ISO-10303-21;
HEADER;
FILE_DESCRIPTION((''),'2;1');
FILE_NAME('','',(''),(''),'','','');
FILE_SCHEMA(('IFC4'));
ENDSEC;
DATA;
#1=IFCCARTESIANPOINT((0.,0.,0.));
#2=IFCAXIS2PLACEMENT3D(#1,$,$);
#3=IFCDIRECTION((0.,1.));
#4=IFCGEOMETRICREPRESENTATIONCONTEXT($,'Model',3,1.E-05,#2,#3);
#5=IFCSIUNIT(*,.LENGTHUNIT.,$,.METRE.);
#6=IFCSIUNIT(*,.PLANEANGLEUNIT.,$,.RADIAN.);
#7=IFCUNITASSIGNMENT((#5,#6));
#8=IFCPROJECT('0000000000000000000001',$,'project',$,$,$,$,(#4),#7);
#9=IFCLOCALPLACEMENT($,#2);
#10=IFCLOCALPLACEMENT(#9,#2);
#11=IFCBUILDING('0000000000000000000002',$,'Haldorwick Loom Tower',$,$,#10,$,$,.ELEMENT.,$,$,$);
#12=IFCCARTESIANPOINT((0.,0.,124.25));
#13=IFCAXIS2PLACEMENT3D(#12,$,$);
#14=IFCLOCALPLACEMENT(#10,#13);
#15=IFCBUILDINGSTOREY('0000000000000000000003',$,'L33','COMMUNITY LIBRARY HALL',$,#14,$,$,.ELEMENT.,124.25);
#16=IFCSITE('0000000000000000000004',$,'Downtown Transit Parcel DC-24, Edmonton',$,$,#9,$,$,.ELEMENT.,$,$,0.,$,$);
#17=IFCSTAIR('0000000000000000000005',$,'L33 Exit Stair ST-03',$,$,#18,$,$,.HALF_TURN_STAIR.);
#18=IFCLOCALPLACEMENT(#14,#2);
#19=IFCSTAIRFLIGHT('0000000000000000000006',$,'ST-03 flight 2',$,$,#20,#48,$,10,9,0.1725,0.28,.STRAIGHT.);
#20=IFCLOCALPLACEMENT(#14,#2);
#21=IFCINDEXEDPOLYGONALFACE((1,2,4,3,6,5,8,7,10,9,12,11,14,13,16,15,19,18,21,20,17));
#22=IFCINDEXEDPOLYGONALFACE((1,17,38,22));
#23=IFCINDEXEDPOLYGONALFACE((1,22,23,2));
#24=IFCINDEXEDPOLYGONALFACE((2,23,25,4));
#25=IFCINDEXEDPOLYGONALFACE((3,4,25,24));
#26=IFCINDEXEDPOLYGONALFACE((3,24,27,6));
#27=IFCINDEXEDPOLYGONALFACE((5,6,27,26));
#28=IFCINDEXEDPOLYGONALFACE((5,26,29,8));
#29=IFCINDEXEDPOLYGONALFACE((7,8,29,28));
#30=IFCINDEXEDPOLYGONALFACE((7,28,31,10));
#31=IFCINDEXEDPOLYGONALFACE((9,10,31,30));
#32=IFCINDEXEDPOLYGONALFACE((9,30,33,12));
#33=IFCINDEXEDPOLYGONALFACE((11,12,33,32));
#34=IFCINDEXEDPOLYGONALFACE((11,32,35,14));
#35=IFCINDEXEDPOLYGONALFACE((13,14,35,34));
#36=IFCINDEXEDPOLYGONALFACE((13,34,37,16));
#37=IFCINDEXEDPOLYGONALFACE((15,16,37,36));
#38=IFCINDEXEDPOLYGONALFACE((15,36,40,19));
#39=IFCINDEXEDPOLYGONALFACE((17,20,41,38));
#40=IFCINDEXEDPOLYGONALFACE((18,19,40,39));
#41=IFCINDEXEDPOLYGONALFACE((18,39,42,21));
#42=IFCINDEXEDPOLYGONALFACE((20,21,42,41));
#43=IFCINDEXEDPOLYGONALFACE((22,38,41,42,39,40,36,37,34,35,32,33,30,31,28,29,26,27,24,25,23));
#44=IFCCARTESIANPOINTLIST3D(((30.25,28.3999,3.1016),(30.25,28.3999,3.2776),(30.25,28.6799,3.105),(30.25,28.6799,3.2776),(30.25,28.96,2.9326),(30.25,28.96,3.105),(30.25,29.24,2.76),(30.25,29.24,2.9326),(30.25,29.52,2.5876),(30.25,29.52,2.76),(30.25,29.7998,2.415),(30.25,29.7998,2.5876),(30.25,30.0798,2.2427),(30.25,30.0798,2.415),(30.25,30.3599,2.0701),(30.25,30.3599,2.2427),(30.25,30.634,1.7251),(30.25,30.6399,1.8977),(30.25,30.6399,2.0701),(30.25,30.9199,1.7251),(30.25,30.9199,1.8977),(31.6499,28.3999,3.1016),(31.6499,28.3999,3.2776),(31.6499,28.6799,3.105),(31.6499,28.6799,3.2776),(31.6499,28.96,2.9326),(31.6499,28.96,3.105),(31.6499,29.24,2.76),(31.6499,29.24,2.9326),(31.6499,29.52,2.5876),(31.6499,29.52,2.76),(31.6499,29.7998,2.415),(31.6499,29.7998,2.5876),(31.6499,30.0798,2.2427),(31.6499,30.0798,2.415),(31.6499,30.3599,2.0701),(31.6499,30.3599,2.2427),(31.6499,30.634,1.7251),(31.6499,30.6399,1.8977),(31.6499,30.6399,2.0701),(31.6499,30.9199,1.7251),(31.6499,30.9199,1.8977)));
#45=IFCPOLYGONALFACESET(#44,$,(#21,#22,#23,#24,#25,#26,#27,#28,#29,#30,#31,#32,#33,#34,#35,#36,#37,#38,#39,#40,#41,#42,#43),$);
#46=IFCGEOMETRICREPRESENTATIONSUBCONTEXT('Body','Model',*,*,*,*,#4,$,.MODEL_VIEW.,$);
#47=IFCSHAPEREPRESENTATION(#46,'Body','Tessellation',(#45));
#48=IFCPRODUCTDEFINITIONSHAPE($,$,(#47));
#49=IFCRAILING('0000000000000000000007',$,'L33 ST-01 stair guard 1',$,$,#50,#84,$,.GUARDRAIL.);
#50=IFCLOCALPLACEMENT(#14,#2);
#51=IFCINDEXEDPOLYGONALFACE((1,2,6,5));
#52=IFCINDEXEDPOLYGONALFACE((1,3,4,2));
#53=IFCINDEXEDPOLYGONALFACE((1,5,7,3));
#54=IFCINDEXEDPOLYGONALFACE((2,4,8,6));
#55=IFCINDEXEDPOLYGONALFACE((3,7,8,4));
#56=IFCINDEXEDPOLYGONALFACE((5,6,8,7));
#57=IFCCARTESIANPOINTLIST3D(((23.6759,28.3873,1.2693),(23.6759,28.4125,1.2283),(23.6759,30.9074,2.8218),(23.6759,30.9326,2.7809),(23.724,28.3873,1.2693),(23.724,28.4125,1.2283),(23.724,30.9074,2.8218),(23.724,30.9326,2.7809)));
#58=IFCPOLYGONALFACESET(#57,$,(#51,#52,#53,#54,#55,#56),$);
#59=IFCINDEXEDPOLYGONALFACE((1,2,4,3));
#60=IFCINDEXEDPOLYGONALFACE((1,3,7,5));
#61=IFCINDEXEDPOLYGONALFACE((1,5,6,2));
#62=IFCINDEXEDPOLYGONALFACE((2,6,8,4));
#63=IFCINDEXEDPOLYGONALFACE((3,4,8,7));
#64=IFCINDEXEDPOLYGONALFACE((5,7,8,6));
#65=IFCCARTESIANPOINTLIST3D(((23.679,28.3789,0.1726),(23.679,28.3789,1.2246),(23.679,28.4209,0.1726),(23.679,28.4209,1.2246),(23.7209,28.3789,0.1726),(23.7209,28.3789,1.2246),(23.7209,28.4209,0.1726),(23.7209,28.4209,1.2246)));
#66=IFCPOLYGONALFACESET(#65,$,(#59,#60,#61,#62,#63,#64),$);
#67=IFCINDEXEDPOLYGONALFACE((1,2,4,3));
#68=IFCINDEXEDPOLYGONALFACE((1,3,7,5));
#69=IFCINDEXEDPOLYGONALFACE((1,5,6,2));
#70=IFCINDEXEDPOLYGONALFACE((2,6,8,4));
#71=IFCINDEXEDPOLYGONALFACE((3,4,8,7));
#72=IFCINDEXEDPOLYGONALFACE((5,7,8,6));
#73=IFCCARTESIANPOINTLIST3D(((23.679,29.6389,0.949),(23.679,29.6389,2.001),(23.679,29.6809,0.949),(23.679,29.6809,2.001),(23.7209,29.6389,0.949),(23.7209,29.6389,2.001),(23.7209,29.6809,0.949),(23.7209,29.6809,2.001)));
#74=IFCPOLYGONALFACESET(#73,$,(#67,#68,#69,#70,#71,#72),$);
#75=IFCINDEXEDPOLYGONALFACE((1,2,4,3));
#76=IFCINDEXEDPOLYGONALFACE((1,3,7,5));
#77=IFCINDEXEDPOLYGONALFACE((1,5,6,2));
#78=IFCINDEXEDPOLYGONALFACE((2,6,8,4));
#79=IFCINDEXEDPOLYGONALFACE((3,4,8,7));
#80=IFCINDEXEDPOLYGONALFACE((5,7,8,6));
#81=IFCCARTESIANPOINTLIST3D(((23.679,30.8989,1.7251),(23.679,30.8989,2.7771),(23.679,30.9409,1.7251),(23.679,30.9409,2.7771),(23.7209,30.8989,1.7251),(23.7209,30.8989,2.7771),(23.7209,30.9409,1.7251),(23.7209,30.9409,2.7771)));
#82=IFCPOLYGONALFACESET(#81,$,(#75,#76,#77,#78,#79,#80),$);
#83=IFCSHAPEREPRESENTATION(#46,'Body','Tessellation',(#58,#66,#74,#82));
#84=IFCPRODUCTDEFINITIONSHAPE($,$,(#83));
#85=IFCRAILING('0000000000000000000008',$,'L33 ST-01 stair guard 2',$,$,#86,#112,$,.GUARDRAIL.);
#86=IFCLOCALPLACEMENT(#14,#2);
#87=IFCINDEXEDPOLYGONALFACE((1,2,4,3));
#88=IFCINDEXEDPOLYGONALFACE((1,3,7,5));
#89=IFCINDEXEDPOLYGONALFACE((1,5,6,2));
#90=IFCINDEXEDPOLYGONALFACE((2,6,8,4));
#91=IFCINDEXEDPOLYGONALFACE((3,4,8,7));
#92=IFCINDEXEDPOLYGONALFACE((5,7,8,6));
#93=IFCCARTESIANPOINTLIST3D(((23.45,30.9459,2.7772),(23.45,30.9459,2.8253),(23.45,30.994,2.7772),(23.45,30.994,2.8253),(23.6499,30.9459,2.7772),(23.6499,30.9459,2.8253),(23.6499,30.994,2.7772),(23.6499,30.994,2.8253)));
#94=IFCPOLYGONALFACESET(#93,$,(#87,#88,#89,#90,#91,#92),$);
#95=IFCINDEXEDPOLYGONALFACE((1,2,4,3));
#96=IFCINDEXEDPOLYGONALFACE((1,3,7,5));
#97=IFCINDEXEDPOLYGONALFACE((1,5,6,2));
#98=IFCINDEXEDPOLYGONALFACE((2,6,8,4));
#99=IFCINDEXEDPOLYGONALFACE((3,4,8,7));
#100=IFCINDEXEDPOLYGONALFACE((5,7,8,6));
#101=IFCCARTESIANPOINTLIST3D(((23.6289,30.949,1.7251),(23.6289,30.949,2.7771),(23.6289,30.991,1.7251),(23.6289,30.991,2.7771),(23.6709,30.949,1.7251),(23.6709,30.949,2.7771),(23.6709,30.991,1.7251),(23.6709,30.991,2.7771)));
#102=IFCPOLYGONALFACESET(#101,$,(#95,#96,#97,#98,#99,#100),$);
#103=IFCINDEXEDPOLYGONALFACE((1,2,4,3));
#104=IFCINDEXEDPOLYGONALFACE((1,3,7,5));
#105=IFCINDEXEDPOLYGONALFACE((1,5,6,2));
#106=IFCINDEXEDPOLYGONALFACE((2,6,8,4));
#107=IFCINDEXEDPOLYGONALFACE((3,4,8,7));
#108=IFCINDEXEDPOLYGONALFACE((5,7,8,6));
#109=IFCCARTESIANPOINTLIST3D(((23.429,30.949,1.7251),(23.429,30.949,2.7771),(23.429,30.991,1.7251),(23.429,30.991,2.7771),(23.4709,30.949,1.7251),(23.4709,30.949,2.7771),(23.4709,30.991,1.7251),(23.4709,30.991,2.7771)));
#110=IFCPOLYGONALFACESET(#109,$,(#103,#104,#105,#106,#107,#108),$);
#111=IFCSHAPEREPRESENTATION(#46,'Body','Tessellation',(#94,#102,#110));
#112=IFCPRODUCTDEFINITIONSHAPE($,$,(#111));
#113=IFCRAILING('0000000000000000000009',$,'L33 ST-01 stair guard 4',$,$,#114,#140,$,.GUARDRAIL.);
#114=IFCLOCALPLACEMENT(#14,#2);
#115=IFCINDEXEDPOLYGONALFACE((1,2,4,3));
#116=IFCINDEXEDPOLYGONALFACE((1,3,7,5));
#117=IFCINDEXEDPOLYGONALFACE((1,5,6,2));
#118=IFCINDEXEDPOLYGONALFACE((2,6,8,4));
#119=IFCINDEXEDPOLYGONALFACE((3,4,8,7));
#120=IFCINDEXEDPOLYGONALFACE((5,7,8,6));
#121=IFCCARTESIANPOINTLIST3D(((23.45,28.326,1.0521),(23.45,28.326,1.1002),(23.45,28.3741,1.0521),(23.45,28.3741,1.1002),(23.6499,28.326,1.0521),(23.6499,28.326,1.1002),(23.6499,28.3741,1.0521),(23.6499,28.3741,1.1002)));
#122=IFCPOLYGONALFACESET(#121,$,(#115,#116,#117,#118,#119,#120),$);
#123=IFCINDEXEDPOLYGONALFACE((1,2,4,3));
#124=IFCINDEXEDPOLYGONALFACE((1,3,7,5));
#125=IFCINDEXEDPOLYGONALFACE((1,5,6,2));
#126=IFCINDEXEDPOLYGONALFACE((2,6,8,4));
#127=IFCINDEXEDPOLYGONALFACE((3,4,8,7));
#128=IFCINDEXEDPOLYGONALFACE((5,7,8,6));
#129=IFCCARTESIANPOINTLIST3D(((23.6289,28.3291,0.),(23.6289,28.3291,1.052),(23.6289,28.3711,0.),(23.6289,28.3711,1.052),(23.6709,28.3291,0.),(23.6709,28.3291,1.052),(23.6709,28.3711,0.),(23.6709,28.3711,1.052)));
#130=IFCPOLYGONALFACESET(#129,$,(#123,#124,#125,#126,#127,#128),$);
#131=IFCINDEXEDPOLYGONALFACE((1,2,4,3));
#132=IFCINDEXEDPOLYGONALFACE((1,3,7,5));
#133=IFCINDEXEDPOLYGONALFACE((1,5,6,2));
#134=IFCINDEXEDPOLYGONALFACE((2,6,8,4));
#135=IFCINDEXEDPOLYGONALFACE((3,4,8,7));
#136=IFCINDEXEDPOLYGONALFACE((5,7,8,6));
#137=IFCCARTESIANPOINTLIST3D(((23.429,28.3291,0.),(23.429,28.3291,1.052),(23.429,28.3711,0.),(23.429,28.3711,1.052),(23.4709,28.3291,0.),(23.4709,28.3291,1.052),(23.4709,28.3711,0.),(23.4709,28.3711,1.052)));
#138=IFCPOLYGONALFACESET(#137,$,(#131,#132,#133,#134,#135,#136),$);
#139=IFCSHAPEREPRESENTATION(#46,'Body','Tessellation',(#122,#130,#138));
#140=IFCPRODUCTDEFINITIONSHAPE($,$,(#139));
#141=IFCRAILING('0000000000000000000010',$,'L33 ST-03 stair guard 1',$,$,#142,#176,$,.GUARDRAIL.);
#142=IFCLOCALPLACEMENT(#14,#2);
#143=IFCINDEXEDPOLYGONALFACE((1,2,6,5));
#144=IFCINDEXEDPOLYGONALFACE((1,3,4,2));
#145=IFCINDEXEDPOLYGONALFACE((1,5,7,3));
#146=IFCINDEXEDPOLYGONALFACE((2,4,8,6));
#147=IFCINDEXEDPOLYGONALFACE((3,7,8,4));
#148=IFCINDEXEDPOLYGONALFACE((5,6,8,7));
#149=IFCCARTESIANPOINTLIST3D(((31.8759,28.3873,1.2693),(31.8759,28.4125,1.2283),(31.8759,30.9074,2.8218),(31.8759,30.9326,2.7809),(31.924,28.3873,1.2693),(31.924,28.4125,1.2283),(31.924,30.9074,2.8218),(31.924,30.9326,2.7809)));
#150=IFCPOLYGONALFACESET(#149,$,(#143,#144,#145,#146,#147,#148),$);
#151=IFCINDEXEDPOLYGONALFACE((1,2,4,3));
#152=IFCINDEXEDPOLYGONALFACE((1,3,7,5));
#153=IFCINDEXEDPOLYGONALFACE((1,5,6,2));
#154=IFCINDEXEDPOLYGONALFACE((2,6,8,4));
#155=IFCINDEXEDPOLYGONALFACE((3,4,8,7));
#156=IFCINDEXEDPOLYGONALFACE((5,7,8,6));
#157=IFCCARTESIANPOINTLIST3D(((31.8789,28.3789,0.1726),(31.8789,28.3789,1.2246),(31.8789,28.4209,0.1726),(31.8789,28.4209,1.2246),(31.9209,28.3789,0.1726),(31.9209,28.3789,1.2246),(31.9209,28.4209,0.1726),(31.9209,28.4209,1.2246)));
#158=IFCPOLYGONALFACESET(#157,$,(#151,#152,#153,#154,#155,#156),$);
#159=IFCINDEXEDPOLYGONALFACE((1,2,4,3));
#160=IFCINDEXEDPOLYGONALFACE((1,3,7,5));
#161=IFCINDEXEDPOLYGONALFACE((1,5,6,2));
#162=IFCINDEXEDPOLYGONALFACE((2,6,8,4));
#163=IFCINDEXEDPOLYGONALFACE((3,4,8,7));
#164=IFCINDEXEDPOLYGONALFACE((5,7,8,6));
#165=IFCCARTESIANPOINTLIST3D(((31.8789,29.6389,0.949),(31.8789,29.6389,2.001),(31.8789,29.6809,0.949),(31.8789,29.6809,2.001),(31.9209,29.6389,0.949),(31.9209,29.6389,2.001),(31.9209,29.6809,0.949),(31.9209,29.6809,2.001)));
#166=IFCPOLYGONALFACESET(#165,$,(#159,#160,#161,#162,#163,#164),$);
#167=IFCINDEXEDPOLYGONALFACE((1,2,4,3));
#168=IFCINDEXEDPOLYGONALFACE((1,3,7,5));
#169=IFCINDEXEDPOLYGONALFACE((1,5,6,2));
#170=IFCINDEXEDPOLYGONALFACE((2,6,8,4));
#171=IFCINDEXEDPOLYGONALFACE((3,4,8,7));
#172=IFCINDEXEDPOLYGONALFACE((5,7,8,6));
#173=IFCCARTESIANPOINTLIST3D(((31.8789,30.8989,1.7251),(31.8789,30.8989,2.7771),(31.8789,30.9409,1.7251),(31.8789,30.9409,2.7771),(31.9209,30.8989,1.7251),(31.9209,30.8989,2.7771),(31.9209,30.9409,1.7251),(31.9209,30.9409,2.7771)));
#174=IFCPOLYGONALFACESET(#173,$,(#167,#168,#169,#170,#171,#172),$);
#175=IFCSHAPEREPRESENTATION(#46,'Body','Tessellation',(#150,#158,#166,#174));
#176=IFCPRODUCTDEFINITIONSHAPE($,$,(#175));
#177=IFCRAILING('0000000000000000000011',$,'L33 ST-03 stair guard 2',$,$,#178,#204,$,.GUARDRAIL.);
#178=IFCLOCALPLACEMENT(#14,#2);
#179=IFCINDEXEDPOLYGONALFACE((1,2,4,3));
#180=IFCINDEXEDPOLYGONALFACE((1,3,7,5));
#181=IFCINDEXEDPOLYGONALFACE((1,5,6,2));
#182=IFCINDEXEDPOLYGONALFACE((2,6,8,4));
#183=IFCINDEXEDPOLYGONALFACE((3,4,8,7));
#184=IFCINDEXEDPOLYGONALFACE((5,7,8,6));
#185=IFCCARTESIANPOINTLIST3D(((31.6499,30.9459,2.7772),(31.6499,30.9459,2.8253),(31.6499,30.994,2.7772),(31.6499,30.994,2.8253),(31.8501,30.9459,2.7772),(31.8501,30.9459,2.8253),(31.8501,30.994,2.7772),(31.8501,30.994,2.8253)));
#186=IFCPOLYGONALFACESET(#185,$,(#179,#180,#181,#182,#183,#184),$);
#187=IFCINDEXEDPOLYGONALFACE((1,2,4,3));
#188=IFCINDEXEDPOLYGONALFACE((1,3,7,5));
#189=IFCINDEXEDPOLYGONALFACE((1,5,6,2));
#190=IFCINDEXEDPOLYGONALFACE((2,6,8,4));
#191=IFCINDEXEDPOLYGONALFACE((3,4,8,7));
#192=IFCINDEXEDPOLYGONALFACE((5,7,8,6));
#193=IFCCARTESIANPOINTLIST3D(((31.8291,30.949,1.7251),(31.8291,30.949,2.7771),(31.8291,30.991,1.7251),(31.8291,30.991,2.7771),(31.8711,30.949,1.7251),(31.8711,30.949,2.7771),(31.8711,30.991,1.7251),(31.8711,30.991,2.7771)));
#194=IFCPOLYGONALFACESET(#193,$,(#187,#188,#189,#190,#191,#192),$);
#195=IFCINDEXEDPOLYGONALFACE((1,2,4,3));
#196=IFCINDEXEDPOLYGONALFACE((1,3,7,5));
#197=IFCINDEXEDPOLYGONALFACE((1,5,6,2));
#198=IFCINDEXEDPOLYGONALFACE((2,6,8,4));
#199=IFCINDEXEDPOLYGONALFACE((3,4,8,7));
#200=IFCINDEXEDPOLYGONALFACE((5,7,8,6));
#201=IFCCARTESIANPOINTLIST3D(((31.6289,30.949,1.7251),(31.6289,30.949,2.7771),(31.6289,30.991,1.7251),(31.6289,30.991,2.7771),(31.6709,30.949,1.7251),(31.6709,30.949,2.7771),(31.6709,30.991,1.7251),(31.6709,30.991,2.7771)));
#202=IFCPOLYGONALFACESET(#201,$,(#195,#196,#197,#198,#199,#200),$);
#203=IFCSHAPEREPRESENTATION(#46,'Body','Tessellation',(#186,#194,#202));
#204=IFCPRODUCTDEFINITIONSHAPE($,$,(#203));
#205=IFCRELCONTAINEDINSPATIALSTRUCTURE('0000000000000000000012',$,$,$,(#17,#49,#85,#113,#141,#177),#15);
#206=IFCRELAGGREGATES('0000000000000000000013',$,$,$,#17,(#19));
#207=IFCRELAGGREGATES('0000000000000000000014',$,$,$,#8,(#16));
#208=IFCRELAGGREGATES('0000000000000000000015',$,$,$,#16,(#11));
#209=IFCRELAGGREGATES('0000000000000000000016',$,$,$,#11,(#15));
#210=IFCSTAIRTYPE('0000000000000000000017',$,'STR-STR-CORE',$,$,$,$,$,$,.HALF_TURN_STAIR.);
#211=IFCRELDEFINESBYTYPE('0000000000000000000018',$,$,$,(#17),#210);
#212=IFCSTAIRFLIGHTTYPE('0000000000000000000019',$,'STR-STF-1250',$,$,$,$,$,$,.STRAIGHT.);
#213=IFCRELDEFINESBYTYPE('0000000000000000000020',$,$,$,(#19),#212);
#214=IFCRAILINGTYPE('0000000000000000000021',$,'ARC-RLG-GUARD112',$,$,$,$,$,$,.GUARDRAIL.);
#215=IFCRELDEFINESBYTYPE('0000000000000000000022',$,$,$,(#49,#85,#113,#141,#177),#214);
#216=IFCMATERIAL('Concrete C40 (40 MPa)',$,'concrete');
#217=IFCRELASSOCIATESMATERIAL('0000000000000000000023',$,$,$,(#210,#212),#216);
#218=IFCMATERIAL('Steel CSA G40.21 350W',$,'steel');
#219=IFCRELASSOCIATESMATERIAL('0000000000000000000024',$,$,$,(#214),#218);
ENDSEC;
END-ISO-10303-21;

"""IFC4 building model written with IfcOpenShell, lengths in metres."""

from ifc_helpers import new_model, si_unit, direction, frame, origin, origin_2d, place, context, subcontext, project, spatial, polyline, rectangle, outline, extrude, material, type_object, element, aggregate, save


model = new_model("IFC4")

# Units and contexts
model_context = context("Model", 3, precision=1e-05, world=origin(), true_north=direction((0.0, 1.0)))
body_context = subcontext(model_context, "Body", "Model", "MODEL_VIEW")
ifc_project = project(units=[si_unit("LENGTHUNIT", "METRE"), si_unit("PLANEANGLEUNIT", "RADIAN")], contexts=[model_context])

# Site, building, storey
site_placement = place(None, origin())
site = spatial("IfcSite", under=ifc_project, at=site_placement, Name="Downtown Transit Parcel DC-24, Edmonton", CompositionType="ELEMENT", RefElevation=0.0)
building_placement = place(site_placement, origin())
building = spatial("IfcBuilding", under=site, at=building_placement, Name="Haldorwick Loom Tower", CompositionType="ELEMENT")
storey_placement = place(building_placement, frame((0.0, 0.0, 124.25)))
storey = spatial("IfcBuildingStorey", under=building, at=storey_placement, Name="L33", Description="COMMUNITY LIBRARY HALL", CompositionType="ELEMENT", Elevation=124.25)

# Shared definitions
ifc_material_1 = material(Name="Steel CSA G40.21 350W", Category="steel")

# Shared definitions
ifc_material_2 = material(Name="Concrete C40 (40 MPa)", Category="concrete")
stair_type = type_object("IfcStairType", Name="STR-STR-CORE", PredefinedType="HALF_TURN_STAIR", material=ifc_material_2)
stair_flight_type = type_object("IfcStairFlightType", Name="STR-STF-1250", PredefinedType="STRAIGHT", material=ifc_material_2)

# Stair, stair flight
stair_1_placement = place(storey_placement, origin())
stair_1 = element("IfcStair", 1, at=stair_1_placement, inside=storey, type_object=stair_type, Name="L33 Exit Stair ST-03", PredefinedType="HALF_TURN_STAIR")
stair_flight_1_placement = place(storey_placement, frame((30.95, 30.9199, 1.7251), z_axis=(0.0, 0.0, 1.0), x_axis=(0.0, -1.0, 0.0)))
stair_flight_1 = element("IfcStairFlight", 2, at=stair_flight_1_placement, type_object=stair_flight_type, Name="ST-03 flight 2", NumberOfRisers=10, NumberOfTreads=9, PredefinedType="STRAIGHT", RiserHeight=0.1725, TreadLength=0.28, context=body_context, shape_type="SweptSolid", body=[
    extrude(outline(polyline([(0.0, 0.0), (0.0, 0.1726), (0.28, 0.1726), (0.28, 0.345), (0.5601, 0.345), (0.5601, 0.5176), (0.8401, 0.5176), (0.8401, 0.6899), (1.1201, 0.6899), (1.1201, 0.8625), (1.3999, 0.8625), (1.3999, 1.0349), (1.6799, 1.0349), (1.6799, 1.2075), (1.96, 1.2075), (1.96, 1.3799), (2.24, 1.3799), (2.24, 1.5525), (2.52, 1.5525), (2.52, 1.7251), (2.52, 1.3765), (0.2859, 0.0), (0.0, 0.0)])), frame((0.0, 0.7, 0.0), z_axis=(0.0, -1.0, 0.0), x_axis=(1.0, 0.0, 0.0)), (0.0, 0.0, 1.0), 1.3999),
])
aggregate(stair_1, [stair_flight_1])

# Railings
railing_type_1 = type_object("IfcRailingType", Name="ARC-RLG-GUARD112", PredefinedType="GUARDRAIL", material=ifc_material_1)
railing_1_placement = place(storey_placement, frame((23.7, 28.3999, 0.1726)))
element("IfcRailing", 3, at=railing_1_placement, inside=storey, type_object=railing_type_1, Name="L33 ST-01 stair guard 1", PredefinedType="GUARDRAIL", context=body_context, shape_type="SweptSolid", body=[
    extrude(rectangle(XDim=0.0481, YDim=0.0481, at=origin_2d()), frame((0.0, 0.0, 1.0762), z_axis=(0.0, 0.8514, 0.524516), x_axis=(-1.0, 0.0, 0.0)), (0.0, 0.0, 1.0), 2.96),
    extrude(rectangle(XDim=0.042, YDim=0.042, at=origin_2d()), origin(), (0.0, 0.0, 1.0), 1.052),
    extrude(rectangle(XDim=0.042, YDim=0.042, at=origin_2d()), frame((0.0, 1.26, 0.7764)), (0.0, 0.0, 1.0), 1.052),
    extrude(rectangle(XDim=0.042, YDim=0.042, at=origin_2d()), frame((0.0, 2.52, 1.5525)), (0.0, 0.0, 1.0), 1.052),
])
for number, where, name in (
    (4, (23.6499, 30.97, 1.7251), "L33 ST-01 stair guard 2"),
    (5, (23.6499, 28.3501, 0.0), "L33 ST-01 stair guard 4"),
):
    element("IfcRailing", number, at=place(storey_placement, frame(where)), inside=storey, type_object=railing_type_1, Name=name, PredefinedType="GUARDRAIL", context=body_context, shape_type="SweptSolid", body=[
        extrude(rectangle(XDim=0.0481, YDim=0.0481, at=origin_2d()), frame((0.0, 0.0, 1.0762), z_axis=(-1.0, 0.0, 0.0), x_axis=(0.0, -1.0, 0.0)), (0.0, 0.0, 1.0), 0.2),
        extrude(rectangle(XDim=0.042, YDim=0.042, at=origin_2d()), origin(), (0.0, 0.0, 1.0), 1.052),
        extrude(rectangle(XDim=0.042, YDim=0.042, at=origin_2d()), frame((-0.2, 0.0, 0.0)), (0.0, 0.0, 1.0), 1.052),
    ])
railing_2_placement = place(storey_placement, frame((31.8999, 28.3999, 0.1726)))
element("IfcRailing", 6, at=railing_2_placement, inside=storey, type_object=railing_type_1, Name="L33 ST-03 stair guard 1", PredefinedType="GUARDRAIL", context=body_context, shape_type="SweptSolid", body=[
    extrude(rectangle(XDim=0.0481, YDim=0.0481, at=origin_2d()), frame((0.0, 0.0, 1.0762), z_axis=(0.0, 0.8514, 0.524516), x_axis=(-1.0, 0.0, 0.0)), (0.0, 0.0, 1.0), 2.96),
    extrude(rectangle(XDim=0.042, YDim=0.042, at=origin_2d()), origin(), (0.0, 0.0, 1.0), 1.052),
    extrude(rectangle(XDim=0.042, YDim=0.042, at=origin_2d()), frame((0.0, 1.26, 0.7764)), (0.0, 0.0, 1.0), 1.052),
    extrude(rectangle(XDim=0.042, YDim=0.042, at=origin_2d()), frame((0.0, 2.52, 1.5525)), (0.0, 0.0, 1.0), 1.052),
])
railing_3_placement = place(storey_placement, frame((31.8501, 30.97, 1.7251)))
element("IfcRailing", 7, at=railing_3_placement, inside=storey, type_object=railing_type_1, Name="L33 ST-03 stair guard 2", PredefinedType="GUARDRAIL", context=body_context, shape_type="SweptSolid", body=[
    extrude(rectangle(XDim=0.0481, YDim=0.0481, at=origin_2d()), frame((0.0, 0.0, 1.0762), z_axis=(-1.0, 0.0, 0.0), x_axis=(0.0, -1.0, 0.0)), (0.0, 0.0, 1.0), 0.2002),
    extrude(rectangle(XDim=0.042, YDim=0.042, at=origin_2d()), origin(), (0.0, 0.0, 1.0), 1.052),
    extrude(rectangle(XDim=0.042, YDim=0.042, at=origin_2d()), frame((-0.2002, 0.0, 0.0)), (0.0, 0.0, 1.0), 1.052),
])

save(model, "model.ifc")
